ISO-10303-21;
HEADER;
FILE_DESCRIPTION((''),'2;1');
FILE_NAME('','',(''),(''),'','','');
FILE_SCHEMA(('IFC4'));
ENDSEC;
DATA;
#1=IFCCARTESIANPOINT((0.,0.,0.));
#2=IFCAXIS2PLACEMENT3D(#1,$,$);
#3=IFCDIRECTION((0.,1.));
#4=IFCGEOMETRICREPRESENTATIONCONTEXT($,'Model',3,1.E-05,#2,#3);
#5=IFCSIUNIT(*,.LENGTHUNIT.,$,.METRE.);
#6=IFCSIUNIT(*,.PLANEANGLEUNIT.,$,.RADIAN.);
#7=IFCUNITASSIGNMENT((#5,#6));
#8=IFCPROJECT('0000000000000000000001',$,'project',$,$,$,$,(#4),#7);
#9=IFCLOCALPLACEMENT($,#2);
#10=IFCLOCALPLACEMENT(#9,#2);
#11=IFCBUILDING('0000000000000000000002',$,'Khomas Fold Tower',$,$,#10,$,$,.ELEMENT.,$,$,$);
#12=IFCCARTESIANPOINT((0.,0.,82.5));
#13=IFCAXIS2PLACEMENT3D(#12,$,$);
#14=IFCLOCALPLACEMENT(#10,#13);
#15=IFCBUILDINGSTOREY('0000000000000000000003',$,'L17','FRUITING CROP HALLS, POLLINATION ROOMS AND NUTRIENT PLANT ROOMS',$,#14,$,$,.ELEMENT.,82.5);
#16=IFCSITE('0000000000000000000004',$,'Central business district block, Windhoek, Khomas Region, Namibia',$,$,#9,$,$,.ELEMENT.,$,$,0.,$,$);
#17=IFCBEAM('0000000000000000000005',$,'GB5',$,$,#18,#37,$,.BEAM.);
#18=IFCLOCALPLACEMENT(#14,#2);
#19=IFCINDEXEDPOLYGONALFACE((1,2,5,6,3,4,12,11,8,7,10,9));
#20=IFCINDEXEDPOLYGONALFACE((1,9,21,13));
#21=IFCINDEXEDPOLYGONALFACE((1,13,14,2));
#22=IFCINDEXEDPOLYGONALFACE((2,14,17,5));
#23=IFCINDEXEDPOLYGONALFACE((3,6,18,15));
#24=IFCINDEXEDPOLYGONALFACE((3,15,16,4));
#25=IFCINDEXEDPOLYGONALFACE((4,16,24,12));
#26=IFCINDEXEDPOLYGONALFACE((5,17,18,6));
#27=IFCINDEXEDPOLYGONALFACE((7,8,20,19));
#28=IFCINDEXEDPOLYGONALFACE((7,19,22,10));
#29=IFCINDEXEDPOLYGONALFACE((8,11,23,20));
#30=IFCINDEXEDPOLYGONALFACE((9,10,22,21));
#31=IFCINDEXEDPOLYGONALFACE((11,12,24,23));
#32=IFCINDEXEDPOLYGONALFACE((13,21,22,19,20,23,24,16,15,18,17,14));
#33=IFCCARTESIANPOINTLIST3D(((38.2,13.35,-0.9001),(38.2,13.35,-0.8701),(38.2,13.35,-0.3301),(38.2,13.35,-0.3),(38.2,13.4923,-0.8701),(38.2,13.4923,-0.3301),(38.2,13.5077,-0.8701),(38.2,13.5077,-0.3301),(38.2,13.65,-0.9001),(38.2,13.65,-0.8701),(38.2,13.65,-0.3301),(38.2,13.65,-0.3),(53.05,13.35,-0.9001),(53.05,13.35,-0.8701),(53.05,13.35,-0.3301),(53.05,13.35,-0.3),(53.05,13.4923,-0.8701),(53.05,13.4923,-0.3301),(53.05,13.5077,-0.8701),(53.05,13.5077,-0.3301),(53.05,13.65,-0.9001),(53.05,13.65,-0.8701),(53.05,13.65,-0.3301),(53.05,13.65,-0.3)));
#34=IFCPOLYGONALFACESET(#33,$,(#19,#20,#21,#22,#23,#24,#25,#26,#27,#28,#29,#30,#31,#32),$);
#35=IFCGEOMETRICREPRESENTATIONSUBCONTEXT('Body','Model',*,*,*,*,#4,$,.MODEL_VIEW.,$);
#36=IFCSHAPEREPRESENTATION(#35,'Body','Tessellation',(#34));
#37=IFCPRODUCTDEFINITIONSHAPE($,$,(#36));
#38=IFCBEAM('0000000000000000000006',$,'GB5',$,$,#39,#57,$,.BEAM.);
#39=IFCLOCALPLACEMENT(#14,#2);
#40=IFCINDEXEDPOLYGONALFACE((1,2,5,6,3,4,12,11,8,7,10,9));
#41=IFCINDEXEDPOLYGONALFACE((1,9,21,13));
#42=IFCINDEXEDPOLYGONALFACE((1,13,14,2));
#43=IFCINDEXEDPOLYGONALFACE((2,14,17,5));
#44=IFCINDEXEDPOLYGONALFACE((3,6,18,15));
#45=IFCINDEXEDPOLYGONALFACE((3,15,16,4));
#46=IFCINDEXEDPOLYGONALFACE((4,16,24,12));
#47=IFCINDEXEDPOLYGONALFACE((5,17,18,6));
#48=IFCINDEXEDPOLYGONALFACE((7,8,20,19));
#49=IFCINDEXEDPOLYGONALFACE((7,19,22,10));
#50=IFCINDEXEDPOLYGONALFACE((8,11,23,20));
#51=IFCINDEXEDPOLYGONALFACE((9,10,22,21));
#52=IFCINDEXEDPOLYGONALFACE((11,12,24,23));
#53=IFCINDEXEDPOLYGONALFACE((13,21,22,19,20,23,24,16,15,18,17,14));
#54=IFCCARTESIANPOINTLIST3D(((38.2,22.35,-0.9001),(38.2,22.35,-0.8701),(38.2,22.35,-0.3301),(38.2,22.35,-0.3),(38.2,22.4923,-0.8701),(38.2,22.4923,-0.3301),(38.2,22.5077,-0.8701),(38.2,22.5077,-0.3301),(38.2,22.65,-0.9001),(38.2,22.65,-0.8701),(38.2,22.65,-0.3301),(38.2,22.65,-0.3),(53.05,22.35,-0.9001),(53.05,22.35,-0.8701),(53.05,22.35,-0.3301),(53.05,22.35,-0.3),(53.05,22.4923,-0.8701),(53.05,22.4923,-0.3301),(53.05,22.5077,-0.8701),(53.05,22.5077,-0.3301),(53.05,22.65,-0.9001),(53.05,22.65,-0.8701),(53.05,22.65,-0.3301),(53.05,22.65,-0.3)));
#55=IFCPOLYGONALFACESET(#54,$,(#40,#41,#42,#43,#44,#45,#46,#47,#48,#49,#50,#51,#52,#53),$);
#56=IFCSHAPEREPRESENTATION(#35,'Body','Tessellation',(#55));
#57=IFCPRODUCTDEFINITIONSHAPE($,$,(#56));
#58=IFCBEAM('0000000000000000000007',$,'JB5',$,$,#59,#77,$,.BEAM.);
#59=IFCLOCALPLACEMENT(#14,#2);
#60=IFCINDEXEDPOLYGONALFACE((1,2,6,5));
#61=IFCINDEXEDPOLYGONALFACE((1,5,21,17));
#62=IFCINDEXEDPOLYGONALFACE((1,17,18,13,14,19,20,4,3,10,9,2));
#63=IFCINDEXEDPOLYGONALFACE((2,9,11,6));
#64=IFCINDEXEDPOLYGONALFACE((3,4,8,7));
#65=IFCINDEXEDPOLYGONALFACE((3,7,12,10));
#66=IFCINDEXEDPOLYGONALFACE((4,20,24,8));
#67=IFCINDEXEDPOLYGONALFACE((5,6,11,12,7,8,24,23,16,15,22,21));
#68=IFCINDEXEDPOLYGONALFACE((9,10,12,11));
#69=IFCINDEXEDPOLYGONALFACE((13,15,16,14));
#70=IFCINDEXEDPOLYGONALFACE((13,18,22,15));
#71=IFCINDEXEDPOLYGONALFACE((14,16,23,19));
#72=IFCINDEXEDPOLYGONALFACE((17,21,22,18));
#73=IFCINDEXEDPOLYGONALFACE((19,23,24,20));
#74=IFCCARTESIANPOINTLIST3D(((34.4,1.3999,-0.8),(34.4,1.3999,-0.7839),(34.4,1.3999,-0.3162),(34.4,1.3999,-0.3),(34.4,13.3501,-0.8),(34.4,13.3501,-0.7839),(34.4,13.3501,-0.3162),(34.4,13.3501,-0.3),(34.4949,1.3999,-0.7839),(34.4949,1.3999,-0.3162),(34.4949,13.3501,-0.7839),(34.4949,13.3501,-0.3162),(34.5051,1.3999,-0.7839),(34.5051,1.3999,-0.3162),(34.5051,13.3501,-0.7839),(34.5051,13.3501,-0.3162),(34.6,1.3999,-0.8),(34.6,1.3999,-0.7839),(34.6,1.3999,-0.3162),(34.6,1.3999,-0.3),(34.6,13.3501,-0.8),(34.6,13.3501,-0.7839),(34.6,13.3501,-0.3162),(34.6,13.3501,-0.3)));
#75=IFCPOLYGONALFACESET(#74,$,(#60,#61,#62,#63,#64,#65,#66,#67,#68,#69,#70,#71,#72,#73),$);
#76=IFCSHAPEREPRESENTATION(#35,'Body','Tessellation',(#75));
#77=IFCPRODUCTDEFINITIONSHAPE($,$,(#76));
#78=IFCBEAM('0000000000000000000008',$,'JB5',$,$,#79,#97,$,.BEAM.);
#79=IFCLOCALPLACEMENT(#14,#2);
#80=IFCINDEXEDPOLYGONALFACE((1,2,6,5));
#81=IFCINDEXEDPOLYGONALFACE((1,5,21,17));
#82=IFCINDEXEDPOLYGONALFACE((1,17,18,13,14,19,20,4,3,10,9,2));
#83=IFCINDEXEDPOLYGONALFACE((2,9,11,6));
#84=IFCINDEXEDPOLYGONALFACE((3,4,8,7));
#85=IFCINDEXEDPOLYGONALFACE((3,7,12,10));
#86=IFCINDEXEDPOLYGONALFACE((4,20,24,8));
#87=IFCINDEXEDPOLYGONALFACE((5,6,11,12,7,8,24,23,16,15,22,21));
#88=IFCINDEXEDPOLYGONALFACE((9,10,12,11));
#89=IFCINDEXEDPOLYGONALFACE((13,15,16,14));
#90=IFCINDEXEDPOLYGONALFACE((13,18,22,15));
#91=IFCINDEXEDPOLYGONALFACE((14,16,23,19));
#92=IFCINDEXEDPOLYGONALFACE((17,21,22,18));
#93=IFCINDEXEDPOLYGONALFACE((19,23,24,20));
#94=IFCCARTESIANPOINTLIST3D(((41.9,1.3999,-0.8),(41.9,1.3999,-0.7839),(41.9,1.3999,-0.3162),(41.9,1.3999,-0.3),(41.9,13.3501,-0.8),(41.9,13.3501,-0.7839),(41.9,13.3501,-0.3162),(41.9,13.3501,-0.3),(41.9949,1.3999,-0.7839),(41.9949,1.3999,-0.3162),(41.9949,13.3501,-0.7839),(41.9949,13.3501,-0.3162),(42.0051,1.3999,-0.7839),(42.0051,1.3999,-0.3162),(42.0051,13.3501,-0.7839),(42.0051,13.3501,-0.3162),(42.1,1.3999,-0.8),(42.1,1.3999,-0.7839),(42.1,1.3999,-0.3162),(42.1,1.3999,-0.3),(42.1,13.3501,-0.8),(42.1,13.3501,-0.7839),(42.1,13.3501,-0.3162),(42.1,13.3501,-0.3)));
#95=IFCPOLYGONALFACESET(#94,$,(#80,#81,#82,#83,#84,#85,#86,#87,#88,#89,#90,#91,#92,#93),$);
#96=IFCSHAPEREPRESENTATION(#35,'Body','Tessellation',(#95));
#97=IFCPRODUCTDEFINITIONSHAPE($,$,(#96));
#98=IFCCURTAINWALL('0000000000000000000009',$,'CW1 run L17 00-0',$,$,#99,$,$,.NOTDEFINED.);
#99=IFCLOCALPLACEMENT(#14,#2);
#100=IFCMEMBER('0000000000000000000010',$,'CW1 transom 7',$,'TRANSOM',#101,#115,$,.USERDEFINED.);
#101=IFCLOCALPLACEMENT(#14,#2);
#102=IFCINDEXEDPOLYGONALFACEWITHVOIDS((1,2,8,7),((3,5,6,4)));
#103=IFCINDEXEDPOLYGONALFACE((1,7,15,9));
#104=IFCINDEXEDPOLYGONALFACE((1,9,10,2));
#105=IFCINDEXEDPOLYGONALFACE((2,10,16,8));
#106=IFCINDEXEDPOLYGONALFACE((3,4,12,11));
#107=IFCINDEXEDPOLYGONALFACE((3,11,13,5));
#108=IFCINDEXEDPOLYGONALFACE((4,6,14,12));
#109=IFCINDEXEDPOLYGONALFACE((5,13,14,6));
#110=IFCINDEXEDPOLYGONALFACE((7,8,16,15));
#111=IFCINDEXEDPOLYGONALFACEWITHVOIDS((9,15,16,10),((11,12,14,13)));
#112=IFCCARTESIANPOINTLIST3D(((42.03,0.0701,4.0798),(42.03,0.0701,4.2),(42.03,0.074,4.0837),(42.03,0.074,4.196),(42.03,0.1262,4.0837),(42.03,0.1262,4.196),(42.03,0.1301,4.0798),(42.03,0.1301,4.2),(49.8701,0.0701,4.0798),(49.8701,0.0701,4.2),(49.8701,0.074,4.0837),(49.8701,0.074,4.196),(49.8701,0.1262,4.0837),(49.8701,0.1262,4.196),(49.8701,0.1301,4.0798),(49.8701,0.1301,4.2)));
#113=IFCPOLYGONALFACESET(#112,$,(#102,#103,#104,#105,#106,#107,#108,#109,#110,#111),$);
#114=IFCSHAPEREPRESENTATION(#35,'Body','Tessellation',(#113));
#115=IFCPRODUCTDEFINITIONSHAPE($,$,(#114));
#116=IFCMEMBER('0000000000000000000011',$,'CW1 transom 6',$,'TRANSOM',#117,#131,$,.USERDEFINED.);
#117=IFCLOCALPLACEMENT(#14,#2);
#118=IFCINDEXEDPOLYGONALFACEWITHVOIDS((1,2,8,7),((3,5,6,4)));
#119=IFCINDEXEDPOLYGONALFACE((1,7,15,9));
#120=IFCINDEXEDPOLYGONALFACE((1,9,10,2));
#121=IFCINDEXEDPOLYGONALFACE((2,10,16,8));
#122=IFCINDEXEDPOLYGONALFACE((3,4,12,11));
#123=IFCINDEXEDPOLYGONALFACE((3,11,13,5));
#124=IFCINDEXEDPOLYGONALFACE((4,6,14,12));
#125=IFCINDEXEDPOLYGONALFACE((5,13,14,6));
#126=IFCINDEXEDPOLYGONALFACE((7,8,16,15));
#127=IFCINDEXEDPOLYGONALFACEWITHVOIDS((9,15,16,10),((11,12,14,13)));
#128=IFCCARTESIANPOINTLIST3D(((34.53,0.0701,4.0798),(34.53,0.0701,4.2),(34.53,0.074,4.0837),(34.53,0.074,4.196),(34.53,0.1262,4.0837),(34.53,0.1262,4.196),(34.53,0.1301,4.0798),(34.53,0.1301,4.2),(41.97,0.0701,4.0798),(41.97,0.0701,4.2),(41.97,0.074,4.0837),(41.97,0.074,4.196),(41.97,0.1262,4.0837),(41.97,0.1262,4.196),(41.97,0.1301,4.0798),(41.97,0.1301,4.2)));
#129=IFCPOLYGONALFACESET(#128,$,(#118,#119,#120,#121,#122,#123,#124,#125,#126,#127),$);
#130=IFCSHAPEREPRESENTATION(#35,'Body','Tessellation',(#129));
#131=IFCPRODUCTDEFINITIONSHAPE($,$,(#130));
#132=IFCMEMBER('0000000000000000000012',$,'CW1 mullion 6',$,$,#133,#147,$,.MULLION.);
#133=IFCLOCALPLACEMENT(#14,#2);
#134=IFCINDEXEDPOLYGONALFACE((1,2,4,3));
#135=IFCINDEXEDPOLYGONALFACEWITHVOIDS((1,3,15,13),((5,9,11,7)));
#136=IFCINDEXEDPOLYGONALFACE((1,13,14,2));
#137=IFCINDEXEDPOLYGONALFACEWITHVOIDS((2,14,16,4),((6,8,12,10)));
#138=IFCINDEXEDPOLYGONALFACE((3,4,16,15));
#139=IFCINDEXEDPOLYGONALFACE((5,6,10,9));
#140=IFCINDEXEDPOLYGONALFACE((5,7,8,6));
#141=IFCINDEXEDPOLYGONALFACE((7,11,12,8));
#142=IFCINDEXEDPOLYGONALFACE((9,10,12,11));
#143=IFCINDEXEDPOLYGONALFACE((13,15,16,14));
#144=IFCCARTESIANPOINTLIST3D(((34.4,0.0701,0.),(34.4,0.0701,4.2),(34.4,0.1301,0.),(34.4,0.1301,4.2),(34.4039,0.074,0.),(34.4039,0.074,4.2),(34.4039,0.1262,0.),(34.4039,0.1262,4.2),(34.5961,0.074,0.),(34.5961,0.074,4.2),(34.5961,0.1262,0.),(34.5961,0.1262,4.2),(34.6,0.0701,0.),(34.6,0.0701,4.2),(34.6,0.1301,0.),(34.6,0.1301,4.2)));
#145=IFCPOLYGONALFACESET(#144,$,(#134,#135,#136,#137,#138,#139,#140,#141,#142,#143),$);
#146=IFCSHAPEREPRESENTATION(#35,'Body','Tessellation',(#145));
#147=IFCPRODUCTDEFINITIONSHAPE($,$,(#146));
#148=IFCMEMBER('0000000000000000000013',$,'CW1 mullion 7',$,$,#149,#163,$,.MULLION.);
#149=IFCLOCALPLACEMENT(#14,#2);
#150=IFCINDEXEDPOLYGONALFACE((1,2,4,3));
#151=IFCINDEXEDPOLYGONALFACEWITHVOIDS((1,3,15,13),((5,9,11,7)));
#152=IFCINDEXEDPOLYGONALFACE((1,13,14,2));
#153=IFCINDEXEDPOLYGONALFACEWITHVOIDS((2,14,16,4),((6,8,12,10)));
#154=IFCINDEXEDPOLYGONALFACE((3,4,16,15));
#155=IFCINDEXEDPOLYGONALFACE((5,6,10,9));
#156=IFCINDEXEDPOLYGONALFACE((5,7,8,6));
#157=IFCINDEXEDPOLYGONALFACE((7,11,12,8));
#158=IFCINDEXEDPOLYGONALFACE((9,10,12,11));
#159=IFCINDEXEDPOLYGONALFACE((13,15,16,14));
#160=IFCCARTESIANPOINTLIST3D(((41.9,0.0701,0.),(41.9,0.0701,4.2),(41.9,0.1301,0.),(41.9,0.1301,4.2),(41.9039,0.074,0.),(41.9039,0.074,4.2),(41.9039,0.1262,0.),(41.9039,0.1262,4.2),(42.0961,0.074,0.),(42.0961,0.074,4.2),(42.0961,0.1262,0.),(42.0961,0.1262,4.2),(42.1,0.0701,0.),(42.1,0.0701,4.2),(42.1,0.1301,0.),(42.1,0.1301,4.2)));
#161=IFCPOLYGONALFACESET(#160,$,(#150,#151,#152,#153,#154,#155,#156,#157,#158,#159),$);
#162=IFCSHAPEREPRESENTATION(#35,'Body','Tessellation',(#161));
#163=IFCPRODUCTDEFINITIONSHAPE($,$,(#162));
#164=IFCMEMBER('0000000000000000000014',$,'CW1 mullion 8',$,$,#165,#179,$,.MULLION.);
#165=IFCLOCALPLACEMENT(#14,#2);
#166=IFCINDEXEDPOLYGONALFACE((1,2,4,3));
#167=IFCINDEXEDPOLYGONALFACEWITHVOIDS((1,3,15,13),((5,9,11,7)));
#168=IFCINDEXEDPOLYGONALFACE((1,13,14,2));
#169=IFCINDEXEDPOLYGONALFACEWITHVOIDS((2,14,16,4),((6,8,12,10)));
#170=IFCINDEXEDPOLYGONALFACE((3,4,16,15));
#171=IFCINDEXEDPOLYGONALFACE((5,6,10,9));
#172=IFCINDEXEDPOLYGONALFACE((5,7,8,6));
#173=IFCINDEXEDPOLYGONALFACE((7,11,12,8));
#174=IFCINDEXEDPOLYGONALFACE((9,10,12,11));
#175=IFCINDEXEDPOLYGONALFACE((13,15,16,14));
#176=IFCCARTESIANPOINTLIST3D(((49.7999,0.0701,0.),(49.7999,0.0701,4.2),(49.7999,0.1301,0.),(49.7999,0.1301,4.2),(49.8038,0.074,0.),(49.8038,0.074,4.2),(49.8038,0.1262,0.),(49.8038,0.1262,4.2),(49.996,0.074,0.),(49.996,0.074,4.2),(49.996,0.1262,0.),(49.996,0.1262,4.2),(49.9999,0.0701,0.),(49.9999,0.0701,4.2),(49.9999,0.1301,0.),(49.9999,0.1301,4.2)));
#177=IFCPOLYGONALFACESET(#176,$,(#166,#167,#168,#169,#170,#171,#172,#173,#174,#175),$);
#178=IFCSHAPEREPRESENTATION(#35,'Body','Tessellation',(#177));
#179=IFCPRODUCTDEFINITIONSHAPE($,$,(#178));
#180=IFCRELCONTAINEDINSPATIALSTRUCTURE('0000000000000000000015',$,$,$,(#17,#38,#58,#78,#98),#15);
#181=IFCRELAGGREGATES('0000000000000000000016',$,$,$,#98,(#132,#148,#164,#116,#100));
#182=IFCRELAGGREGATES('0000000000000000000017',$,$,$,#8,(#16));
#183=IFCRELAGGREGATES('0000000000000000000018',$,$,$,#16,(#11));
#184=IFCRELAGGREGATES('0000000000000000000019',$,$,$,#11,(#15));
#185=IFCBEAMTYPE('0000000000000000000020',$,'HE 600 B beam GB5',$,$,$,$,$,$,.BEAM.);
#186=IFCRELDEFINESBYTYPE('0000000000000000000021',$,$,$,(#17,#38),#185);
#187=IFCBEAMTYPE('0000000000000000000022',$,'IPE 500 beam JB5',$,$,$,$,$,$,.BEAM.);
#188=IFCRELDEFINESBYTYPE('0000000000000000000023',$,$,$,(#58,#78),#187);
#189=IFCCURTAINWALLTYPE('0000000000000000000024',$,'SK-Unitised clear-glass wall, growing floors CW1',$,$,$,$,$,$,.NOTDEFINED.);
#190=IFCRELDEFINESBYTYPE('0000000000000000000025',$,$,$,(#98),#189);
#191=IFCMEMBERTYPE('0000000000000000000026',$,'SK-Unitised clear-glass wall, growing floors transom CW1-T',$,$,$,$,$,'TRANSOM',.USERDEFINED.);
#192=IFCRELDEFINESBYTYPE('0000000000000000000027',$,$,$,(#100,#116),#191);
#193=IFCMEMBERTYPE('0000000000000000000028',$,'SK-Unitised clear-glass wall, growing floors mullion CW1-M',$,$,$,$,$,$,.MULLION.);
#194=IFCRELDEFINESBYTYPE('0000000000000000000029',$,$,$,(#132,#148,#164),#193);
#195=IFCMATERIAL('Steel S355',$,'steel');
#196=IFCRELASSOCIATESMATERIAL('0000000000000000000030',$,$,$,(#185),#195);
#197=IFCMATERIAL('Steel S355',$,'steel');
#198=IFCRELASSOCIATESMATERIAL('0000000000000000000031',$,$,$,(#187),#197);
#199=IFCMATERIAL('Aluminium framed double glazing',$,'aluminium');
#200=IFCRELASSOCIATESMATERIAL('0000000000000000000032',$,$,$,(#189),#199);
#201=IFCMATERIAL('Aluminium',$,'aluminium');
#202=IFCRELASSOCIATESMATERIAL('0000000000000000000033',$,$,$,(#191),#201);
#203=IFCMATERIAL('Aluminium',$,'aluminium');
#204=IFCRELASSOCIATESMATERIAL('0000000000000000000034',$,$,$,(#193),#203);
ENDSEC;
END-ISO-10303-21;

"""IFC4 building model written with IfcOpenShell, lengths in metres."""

from ifc_helpers import new_model, si_unit, direction, frame, origin, origin_2d, place, context, subcontext, project, spatial, hollow_rectangle, i_section, extrude, source, transform, mapped, material, material_profile, profile_set, type_object, element, aggregate, save


model = new_model("IFC4")

# Units and contexts
model_context = context("Model", 3, precision=1e-05, world=origin(), true_north=direction((0.0, 1.0)))
body_context = subcontext(model_context, "Body", "Model", "MODEL_VIEW")
ifc_project = project(units=[si_unit("LENGTHUNIT", "METRE"), si_unit("PLANEANGLEUNIT", "RADIAN")], contexts=[model_context])

# Site, building, storey
site_placement = place(None, origin())
site = spatial("IfcSite", under=ifc_project, at=site_placement, Name="Central business district block, Windhoek, Khomas Region, Namibia", CompositionType="ELEMENT", RefElevation=0.0)
building_placement = place(site_placement, origin())
building = spatial("IfcBuilding", under=site, at=building_placement, Name="Khomas Fold Tower", CompositionType="ELEMENT")
storey_placement = place(building_placement, frame((0.0, 0.0, 82.5)))
storey = spatial("IfcBuildingStorey", under=building, at=storey_placement, Name="L17", Description="FRUITING CROP HALLS, POLLINATION ROOMS AND NUTRIENT PLANT ROOMS", CompositionType="ELEMENT", Elevation=82.5)

# Beams
ifc_material_1 = material(Name="Steel S355", Category="steel")
ifc_material_profile_1 = material_profile(ifc_material_1, i_section(OverallWidth=0.3, OverallDepth=0.6001, WebThickness=0.0154, FlangeThickness=0.03, at=origin_2d()), Name="HE 600 B")
ifc_profile_set_1 = profile_set([ifc_material_profile_1], Name="Steel S355")
beam_type_1 = type_object("IfcBeamType", Name="HE 600 B beam GB5", PredefinedType="BEAM", material=ifc_profile_set_1)
shared_shape_1 = source(origin(), body_context, "Body", "SweptSolid", [
    extrude(i_section(OverallWidth=0.3, OverallDepth=0.6001, WebThickness=0.0154, FlangeThickness=0.03, at=origin_2d()), origin(), (0.0, 0.0, 1.0), 14.8501),
])
for number, where, z_axis, x_axis, name in (
    (1, (38.2, 13.5, -0.6001), (1.0, 0.0, 0.0), (0.0, 1.0, 0.0), "GB5"),
    (2, (38.2, 22.5, -0.6001), (1.0, 0.0, 0.0), (0.0, 1.0, 0.0), "GB5"),
):
    element("IfcBeam", number, at=place(storey_placement, frame(where, z_axis=z_axis, x_axis=x_axis)), inside=storey, type_object=beam_type_1, Name=name, PredefinedType="BEAM", context=body_context, shape_type="MappedRepresentation", body=[
        mapped(shared_shape_1, transform((0.0, 0.0, 0.0))),
    ])
ifc_material_2 = material(Name="Steel S355", Category="steel")
ifc_material_profile_2 = material_profile(ifc_material_2, i_section(OverallWidth=0.2, OverallDepth=0.5, WebThickness=0.0103, FlangeThickness=0.0161, at=origin_2d()), Name="IPE 500")
ifc_profile_set_2 = profile_set([ifc_material_profile_2], Name="Steel S355")
beam_type_2 = type_object("IfcBeamType", Name="IPE 500 beam JB5", PredefinedType="BEAM", material=ifc_profile_set_2)
shared_shape_2 = source(origin(), body_context, "Body", "SweptSolid", [
    extrude(i_section(OverallWidth=0.2, OverallDepth=0.5, WebThickness=0.0103, FlangeThickness=0.0161, at=origin_2d()), origin(), (0.0, 0.0, 1.0), 11.9502),
])
for number, where, z_axis, x_axis, name in (
    (3, (34.5, 1.3999, -0.55), (0.0, 1.0, 0.0), (-1.0, 0.0, 0.0), "JB5"),
    (4, (42.0, 1.3999, -0.55), (0.0, 1.0, 0.0), (-1.0, 0.0, 0.0), "JB5"),
):
    element("IfcBeam", number, at=place(storey_placement, frame(where, z_axis=z_axis, x_axis=x_axis)), inside=storey, type_object=beam_type_2, Name=name, PredefinedType="BEAM", context=body_context, shape_type="MappedRepresentation", body=[
        mapped(shared_shape_2, transform((0.0, 0.0, 0.0))),
    ])

# Curtain wall, members
ifc_material_3 = material(Name="Aluminium framed double glazing", Category="aluminium")
curtain_wall_type = type_object("IfcCurtainWallType", Name="SK-Unitised clear-glass wall, growing floors CW1", PredefinedType="NOTDEFINED", material=ifc_material_3)
curtain_wall_placement = place(storey_placement, origin())
curtain_wall = element("IfcCurtainWall", 5, at=curtain_wall_placement, inside=storey, type_object=curtain_wall_type, Name="CW1 run L17 00-0", PredefinedType="NOTDEFINED")
ifc_material_4 = material(Name="Aluminium", Category="aluminium")
ifc_material_profile_3 = material_profile(ifc_material_4, hollow_rectangle(XDim=0.0601, YDim=0.1201, WallThickness=0.0039, at=origin_2d()), Name="SK-Unitised clear-glass wall, growing floors transom CW1-T")
ifc_profile_set_3 = profile_set([ifc_material_profile_3], Name="Aluminium")
member_type_1 = type_object("IfcMemberType", Name="SK-Unitised clear-glass wall, growing floors transom CW1-T", ElementType="TRANSOM", PredefinedType="USERDEFINED", material=ifc_profile_set_3)
shared_shape_3 = source(origin(), body_context, "Body", "SweptSolid", [
    extrude(hollow_rectangle(XDim=0.0601, YDim=0.1201, WallThickness=0.0039, at=origin_2d()), origin(), (0.0, 0.0, 1.0), 7.8401),
])
member_1_placement = place(storey_placement, frame((42.03, 0.1001, 4.1399), z_axis=(1.0, 0.0, 0.0), x_axis=(0.0, 1.0, 0.0)))
member_1 = element("IfcMember", 6, at=member_1_placement, type_object=member_type_1, Name="CW1 transom 7", ObjectType="TRANSOM", PredefinedType="USERDEFINED", context=body_context, shape_type="MappedRepresentation", body=[
    mapped(shared_shape_3, transform((0.0, 0.0, 0.0))),
])
shared_shape_4 = source(origin(), body_context, "Body", "SweptSolid", [
    extrude(hollow_rectangle(XDim=0.0601, YDim=0.1201, WallThickness=0.0039, at=origin_2d()), origin(), (0.0, 0.0, 1.0), 7.4399),
])
member_2_placement = place(storey_placement, frame((34.53, 0.1001, 4.1399), z_axis=(1.0, 0.0, 0.0), x_axis=(0.0, 1.0, 0.0)))
member_2 = element("IfcMember", 7, at=member_2_placement, type_object=member_type_1, Name="CW1 transom 6", ObjectType="TRANSOM", PredefinedType="USERDEFINED", context=body_context, shape_type="MappedRepresentation", body=[
    mapped(shared_shape_4, transform((0.0, 0.0, 0.0))),
])
ifc_material_5 = material(Name="Aluminium", Category="aluminium")
ifc_material_profile_4 = material_profile(ifc_material_5, hollow_rectangle(XDim=0.0601, YDim=0.2, WallThickness=0.0039, at=origin_2d()), Name="SK-Unitised clear-glass wall, growing floors mullion CW1-M")
ifc_profile_set_4 = profile_set([ifc_material_profile_4], Name="Aluminium")
member_type_2 = type_object("IfcMemberType", Name="SK-Unitised clear-glass wall, growing floors mullion CW1-M", PredefinedType="MULLION", material=ifc_profile_set_4)
shared_shape_5 = source(origin(), body_context, "Body", "SweptSolid", [
    extrude(hollow_rectangle(XDim=0.0601, YDim=0.2, WallThickness=0.0039, at=origin_2d()), origin(), (0.0, 0.0, 1.0), 4.2),
])
member_3_placement = place(storey_placement, frame((34.5, 0.1001, 0.0), z_axis=(0.0, 0.0, 1.0), x_axis=(0.0, 1.0, 0.0)))
member_3 = element("IfcMember", 8, at=member_3_placement, type_object=member_type_2, Name="CW1 mullion 6", PredefinedType="MULLION", context=body_context, shape_type="MappedRepresentation", body=[
    mapped(shared_shape_5, transform((0.0, 0.0, 0.0))),
])
member_4_placement = place(storey_placement, frame((42.0, 0.1001, 0.0), z_axis=(0.0, 0.0, 1.0), x_axis=(0.0, 1.0, 0.0)))
member_4 = element("IfcMember", 9, at=member_4_placement, type_object=member_type_2, Name="CW1 mullion 7", PredefinedType="MULLION", context=body_context, shape_type="MappedRepresentation", body=[
    mapped(shared_shape_5, transform((0.0, 0.0, 0.0))),
])
member_5_placement = place(storey_placement, frame((49.8999, 0.1001, 0.0), z_axis=(0.0, 0.0, 1.0), x_axis=(0.0, 1.0, 0.0)))
member_5 = element("IfcMember", 10, at=member_5_placement, type_object=member_type_2, Name="CW1 mullion 8", PredefinedType="MULLION", context=body_context, shape_type="MappedRepresentation", body=[
    mapped(shared_shape_5, transform((0.0, 0.0, 0.0))),
])
aggregate(curtain_wall, [member_3, member_4, member_5, member_2, member_1])

save(model, "model.ifc")
